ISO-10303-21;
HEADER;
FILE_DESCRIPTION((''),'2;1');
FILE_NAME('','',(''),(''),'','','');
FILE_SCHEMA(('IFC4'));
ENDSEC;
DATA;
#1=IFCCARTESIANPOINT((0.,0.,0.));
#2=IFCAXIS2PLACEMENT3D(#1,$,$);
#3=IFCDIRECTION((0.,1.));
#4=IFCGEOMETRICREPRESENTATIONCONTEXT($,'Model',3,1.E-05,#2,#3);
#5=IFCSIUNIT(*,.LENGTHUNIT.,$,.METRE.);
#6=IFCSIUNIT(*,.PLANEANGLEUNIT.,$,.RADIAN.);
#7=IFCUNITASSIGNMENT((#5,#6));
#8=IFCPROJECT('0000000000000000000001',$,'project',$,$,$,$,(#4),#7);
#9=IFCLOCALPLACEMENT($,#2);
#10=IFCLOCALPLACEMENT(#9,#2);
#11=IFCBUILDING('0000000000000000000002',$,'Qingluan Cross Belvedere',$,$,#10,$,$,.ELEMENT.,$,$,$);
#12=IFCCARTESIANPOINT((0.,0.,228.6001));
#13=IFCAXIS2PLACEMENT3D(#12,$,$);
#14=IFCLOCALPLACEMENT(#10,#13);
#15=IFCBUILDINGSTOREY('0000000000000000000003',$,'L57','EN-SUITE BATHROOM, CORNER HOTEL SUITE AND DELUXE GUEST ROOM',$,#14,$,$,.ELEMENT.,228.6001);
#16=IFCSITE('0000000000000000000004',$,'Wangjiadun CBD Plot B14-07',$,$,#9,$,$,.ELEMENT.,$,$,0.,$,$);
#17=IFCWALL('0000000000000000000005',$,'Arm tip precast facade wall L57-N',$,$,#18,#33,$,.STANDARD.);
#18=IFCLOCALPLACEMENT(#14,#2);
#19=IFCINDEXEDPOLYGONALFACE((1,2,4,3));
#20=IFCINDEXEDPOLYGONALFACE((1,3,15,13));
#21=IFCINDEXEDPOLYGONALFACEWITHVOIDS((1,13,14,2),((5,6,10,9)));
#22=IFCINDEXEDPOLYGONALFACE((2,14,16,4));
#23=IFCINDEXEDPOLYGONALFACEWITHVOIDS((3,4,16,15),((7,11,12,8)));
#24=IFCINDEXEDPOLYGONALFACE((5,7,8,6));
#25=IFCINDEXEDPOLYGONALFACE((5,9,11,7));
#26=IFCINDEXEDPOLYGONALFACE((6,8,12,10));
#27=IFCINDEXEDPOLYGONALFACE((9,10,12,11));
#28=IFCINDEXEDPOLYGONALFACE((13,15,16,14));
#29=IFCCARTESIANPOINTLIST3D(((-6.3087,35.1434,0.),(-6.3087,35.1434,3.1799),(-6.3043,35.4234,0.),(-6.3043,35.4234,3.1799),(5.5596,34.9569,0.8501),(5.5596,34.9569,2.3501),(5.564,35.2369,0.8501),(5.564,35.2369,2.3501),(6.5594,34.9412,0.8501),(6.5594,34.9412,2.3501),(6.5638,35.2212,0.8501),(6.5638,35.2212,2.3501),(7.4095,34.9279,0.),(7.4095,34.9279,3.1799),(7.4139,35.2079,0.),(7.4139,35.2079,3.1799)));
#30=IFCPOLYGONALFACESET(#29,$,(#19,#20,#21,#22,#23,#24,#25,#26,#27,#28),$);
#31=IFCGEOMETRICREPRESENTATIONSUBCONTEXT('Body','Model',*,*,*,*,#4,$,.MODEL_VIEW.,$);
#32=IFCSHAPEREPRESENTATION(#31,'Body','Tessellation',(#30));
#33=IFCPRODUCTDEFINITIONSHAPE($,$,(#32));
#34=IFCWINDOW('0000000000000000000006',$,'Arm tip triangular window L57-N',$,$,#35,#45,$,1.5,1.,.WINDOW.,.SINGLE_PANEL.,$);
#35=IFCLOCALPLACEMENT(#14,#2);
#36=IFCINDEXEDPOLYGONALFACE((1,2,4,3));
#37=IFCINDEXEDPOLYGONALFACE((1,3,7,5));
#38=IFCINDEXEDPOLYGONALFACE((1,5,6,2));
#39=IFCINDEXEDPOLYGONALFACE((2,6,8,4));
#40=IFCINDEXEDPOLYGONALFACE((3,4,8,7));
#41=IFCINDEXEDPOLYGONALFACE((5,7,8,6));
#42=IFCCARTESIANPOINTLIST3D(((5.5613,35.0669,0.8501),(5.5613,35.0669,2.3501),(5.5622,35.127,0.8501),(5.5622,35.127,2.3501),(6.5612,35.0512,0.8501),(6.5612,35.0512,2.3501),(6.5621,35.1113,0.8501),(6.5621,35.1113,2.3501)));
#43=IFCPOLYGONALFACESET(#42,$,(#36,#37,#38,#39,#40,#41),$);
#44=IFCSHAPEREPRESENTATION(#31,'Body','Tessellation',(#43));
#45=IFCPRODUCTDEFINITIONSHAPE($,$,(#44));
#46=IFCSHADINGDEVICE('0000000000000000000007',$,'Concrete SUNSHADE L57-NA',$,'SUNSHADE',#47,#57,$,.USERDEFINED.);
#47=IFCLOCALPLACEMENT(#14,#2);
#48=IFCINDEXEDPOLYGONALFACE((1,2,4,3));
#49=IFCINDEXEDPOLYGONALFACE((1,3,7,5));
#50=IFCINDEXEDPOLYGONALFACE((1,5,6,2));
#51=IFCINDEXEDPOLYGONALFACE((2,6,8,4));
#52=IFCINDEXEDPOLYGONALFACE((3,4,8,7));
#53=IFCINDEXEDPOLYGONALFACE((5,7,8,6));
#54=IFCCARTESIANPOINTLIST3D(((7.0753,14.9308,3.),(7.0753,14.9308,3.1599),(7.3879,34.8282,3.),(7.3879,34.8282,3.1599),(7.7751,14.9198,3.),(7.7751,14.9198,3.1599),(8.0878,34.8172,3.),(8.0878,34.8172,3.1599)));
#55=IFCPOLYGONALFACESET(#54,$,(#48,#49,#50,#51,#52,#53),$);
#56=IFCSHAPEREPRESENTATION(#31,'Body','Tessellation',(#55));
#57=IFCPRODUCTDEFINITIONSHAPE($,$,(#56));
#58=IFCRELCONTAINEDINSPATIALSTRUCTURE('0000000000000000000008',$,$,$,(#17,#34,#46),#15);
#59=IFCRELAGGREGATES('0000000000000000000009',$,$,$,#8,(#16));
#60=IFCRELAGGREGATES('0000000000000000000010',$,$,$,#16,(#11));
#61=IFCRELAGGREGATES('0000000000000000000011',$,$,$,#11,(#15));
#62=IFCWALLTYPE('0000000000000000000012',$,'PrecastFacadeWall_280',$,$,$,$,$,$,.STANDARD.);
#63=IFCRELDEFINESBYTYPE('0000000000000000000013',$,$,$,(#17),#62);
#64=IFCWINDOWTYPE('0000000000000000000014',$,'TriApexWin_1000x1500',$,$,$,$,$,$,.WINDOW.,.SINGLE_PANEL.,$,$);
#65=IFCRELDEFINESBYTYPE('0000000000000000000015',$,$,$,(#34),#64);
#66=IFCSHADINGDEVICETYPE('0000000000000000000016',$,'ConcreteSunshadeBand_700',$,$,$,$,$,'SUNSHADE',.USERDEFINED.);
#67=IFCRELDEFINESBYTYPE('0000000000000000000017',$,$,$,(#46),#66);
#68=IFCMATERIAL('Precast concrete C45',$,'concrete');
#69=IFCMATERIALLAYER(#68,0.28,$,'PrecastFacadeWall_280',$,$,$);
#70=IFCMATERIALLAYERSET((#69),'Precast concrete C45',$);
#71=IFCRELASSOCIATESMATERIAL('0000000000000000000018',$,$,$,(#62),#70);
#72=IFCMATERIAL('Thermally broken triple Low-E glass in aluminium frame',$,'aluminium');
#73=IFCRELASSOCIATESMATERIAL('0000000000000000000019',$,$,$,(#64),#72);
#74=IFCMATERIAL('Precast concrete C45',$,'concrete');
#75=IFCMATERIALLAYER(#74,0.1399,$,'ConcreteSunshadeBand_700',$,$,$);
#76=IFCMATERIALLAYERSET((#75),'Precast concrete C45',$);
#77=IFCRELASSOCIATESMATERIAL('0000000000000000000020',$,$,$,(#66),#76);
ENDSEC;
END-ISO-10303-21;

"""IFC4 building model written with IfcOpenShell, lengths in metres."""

from ifc_helpers import new_model, si_unit, direction, frame, frame_2d, origin, origin_2d, place, context, subcontext, project, spatial, rectangle, extrude, material, layer, layer_set, type_object, element, fill, save


model = new_model("IFC4")

# Units and contexts
model_context = context("Model", 3, precision=1e-05, world=origin(), true_north=direction((0.0, 1.0)))
body_context = subcontext(model_context, "Body", "Model", "MODEL_VIEW")
ifc_project = project(units=[si_unit("LENGTHUNIT", "METRE"), si_unit("PLANEANGLEUNIT", "RADIAN")], contexts=[model_context])

# Site, building, storey
site_placement = place(None, origin())
site = spatial("IfcSite", under=ifc_project, at=site_placement, Name="Wangjiadun CBD Plot B14-07", CompositionType="ELEMENT", RefElevation=0.0)
building_placement = place(site_placement, origin())
building = spatial("IfcBuilding", under=site, at=building_placement, Name="Qingluan Cross Belvedere", CompositionType="ELEMENT")
storey_placement = place(building_placement, frame((0.0, 0.0, 228.6001)))
storey = spatial("IfcBuildingStorey", under=building, at=storey_placement, Name="L57", Description="EN-SUITE BATHROOM, CORNER HOTEL SUITE AND DELUXE GUEST ROOM", CompositionType="ELEMENT", Elevation=228.6001)

# Wall, opening, window
ifc_material_1 = material(Name="Precast concrete C45", Category="concrete")
ifc_layer_1 = layer(ifc_material_1, 0.28, Name="PrecastFacadeWall_280")
ifc_layer_set_1 = layer_set([ifc_layer_1], Name="Precast concrete C45")
wall_type_1 = type_object("IfcWallType", Name="PrecastFacadeWall_280", PredefinedType="STANDARD", material=ifc_layer_set_1)
wall_1_placement = place(storey_placement, frame((7.4116, 35.0679, 0.0), z_axis=(0.0, 0.0, 1.0), x_axis=(-0.999877, 0.015713, 0.0)))
wall_1 = element("IfcWall", 1, at=wall_1_placement, inside=storey, type_object=wall_type_1, Name="Arm tip precast facade wall L57-N", PredefinedType="STANDARD", context=body_context, shape_type="SweptSolid", body=[
    extrude(rectangle(XDim=13.72, YDim=0.28, at=frame_2d((6.8599, 0.0))), origin(), (0.0, 0.0, 1.0), 3.1799),
])
opening_1_placement = place(wall_1_placement, frame((0.8501, 0.0, 0.8501)))
opening_1 = element("IfcOpeningElement", 2, at=opening_1_placement, cuts=wall_1, PredefinedType="OPENING", context=body_context, shape_type="SweptSolid", body=[
    extrude(rectangle(XDim=1.0, YDim=1.5, at=frame_2d((0.5, 0.75))), frame((0.0, 0.1499, 0.0), z_axis=(0.0, -1.0, 0.0), x_axis=(1.0, 0.0, 0.0)), (0.0, 0.0, 1.0), 0.3),
])
ifc_material_2 = material(Name="Thermally broken triple Low-E glass in aluminium frame", Category="aluminium")
window_type = type_object("IfcWindowType", Name="TriApexWin_1000x1500", PartitioningType="SINGLE_PANEL", PredefinedType="WINDOW", material=ifc_material_2)
window_placement = place(opening_1_placement, origin())
window = element("IfcWindow", 3, at=window_placement, inside=storey, type_object=window_type, Name="Arm tip triangular window L57-N", OverallHeight=1.5, OverallWidth=1.0, PartitioningType="SINGLE_PANEL", PredefinedType="WINDOW", context=body_context, shape_type="SweptSolid", body=[
    extrude(rectangle(XDim=1.0, YDim=1.5, at=frame_2d((0.5, 0.75))), frame((0.0, 0.03, 0.0), z_axis=(0.0, -1.0, 0.0), x_axis=(1.0, 0.0, 0.0)), (0.0, 0.0, 1.0), 0.0601),
])
fill(opening_1, window)

# Shading device
ifc_material_3 = material(Name="Precast concrete C45", Category="concrete")
ifc_layer_2 = layer(ifc_material_3, 0.1399, Name="ConcreteSunshadeBand_700")
ifc_layer_set_2 = layer_set([ifc_layer_2], Name="Precast concrete C45")
shading_device_type = type_object("IfcShadingDeviceType", Name="ConcreteSunshadeBand_700", ElementType="SUNSHADE", PredefinedType="USERDEFINED", material=ifc_layer_set_2)
shading_device_placement = place(storey_placement, frame((7.5815, 24.874, 3.0), z_axis=(0.0, 0.0, 1.0), x_axis=(0.015711, 0.999877, 0.0)))
element("IfcShadingDevice", 4, at=shading_device_placement, inside=storey, type_object=shading_device_type, Name="Concrete SUNSHADE L57-NA", ObjectType="SUNSHADE", PredefinedType="USERDEFINED", context=body_context, shape_type="SweptSolid", body=[
    extrude(rectangle(XDim=19.8999, YDim=0.7, at=origin_2d()), origin(), (0.0, 0.0, 1.0), 0.1599),
])

save(model, "model.ifc")
